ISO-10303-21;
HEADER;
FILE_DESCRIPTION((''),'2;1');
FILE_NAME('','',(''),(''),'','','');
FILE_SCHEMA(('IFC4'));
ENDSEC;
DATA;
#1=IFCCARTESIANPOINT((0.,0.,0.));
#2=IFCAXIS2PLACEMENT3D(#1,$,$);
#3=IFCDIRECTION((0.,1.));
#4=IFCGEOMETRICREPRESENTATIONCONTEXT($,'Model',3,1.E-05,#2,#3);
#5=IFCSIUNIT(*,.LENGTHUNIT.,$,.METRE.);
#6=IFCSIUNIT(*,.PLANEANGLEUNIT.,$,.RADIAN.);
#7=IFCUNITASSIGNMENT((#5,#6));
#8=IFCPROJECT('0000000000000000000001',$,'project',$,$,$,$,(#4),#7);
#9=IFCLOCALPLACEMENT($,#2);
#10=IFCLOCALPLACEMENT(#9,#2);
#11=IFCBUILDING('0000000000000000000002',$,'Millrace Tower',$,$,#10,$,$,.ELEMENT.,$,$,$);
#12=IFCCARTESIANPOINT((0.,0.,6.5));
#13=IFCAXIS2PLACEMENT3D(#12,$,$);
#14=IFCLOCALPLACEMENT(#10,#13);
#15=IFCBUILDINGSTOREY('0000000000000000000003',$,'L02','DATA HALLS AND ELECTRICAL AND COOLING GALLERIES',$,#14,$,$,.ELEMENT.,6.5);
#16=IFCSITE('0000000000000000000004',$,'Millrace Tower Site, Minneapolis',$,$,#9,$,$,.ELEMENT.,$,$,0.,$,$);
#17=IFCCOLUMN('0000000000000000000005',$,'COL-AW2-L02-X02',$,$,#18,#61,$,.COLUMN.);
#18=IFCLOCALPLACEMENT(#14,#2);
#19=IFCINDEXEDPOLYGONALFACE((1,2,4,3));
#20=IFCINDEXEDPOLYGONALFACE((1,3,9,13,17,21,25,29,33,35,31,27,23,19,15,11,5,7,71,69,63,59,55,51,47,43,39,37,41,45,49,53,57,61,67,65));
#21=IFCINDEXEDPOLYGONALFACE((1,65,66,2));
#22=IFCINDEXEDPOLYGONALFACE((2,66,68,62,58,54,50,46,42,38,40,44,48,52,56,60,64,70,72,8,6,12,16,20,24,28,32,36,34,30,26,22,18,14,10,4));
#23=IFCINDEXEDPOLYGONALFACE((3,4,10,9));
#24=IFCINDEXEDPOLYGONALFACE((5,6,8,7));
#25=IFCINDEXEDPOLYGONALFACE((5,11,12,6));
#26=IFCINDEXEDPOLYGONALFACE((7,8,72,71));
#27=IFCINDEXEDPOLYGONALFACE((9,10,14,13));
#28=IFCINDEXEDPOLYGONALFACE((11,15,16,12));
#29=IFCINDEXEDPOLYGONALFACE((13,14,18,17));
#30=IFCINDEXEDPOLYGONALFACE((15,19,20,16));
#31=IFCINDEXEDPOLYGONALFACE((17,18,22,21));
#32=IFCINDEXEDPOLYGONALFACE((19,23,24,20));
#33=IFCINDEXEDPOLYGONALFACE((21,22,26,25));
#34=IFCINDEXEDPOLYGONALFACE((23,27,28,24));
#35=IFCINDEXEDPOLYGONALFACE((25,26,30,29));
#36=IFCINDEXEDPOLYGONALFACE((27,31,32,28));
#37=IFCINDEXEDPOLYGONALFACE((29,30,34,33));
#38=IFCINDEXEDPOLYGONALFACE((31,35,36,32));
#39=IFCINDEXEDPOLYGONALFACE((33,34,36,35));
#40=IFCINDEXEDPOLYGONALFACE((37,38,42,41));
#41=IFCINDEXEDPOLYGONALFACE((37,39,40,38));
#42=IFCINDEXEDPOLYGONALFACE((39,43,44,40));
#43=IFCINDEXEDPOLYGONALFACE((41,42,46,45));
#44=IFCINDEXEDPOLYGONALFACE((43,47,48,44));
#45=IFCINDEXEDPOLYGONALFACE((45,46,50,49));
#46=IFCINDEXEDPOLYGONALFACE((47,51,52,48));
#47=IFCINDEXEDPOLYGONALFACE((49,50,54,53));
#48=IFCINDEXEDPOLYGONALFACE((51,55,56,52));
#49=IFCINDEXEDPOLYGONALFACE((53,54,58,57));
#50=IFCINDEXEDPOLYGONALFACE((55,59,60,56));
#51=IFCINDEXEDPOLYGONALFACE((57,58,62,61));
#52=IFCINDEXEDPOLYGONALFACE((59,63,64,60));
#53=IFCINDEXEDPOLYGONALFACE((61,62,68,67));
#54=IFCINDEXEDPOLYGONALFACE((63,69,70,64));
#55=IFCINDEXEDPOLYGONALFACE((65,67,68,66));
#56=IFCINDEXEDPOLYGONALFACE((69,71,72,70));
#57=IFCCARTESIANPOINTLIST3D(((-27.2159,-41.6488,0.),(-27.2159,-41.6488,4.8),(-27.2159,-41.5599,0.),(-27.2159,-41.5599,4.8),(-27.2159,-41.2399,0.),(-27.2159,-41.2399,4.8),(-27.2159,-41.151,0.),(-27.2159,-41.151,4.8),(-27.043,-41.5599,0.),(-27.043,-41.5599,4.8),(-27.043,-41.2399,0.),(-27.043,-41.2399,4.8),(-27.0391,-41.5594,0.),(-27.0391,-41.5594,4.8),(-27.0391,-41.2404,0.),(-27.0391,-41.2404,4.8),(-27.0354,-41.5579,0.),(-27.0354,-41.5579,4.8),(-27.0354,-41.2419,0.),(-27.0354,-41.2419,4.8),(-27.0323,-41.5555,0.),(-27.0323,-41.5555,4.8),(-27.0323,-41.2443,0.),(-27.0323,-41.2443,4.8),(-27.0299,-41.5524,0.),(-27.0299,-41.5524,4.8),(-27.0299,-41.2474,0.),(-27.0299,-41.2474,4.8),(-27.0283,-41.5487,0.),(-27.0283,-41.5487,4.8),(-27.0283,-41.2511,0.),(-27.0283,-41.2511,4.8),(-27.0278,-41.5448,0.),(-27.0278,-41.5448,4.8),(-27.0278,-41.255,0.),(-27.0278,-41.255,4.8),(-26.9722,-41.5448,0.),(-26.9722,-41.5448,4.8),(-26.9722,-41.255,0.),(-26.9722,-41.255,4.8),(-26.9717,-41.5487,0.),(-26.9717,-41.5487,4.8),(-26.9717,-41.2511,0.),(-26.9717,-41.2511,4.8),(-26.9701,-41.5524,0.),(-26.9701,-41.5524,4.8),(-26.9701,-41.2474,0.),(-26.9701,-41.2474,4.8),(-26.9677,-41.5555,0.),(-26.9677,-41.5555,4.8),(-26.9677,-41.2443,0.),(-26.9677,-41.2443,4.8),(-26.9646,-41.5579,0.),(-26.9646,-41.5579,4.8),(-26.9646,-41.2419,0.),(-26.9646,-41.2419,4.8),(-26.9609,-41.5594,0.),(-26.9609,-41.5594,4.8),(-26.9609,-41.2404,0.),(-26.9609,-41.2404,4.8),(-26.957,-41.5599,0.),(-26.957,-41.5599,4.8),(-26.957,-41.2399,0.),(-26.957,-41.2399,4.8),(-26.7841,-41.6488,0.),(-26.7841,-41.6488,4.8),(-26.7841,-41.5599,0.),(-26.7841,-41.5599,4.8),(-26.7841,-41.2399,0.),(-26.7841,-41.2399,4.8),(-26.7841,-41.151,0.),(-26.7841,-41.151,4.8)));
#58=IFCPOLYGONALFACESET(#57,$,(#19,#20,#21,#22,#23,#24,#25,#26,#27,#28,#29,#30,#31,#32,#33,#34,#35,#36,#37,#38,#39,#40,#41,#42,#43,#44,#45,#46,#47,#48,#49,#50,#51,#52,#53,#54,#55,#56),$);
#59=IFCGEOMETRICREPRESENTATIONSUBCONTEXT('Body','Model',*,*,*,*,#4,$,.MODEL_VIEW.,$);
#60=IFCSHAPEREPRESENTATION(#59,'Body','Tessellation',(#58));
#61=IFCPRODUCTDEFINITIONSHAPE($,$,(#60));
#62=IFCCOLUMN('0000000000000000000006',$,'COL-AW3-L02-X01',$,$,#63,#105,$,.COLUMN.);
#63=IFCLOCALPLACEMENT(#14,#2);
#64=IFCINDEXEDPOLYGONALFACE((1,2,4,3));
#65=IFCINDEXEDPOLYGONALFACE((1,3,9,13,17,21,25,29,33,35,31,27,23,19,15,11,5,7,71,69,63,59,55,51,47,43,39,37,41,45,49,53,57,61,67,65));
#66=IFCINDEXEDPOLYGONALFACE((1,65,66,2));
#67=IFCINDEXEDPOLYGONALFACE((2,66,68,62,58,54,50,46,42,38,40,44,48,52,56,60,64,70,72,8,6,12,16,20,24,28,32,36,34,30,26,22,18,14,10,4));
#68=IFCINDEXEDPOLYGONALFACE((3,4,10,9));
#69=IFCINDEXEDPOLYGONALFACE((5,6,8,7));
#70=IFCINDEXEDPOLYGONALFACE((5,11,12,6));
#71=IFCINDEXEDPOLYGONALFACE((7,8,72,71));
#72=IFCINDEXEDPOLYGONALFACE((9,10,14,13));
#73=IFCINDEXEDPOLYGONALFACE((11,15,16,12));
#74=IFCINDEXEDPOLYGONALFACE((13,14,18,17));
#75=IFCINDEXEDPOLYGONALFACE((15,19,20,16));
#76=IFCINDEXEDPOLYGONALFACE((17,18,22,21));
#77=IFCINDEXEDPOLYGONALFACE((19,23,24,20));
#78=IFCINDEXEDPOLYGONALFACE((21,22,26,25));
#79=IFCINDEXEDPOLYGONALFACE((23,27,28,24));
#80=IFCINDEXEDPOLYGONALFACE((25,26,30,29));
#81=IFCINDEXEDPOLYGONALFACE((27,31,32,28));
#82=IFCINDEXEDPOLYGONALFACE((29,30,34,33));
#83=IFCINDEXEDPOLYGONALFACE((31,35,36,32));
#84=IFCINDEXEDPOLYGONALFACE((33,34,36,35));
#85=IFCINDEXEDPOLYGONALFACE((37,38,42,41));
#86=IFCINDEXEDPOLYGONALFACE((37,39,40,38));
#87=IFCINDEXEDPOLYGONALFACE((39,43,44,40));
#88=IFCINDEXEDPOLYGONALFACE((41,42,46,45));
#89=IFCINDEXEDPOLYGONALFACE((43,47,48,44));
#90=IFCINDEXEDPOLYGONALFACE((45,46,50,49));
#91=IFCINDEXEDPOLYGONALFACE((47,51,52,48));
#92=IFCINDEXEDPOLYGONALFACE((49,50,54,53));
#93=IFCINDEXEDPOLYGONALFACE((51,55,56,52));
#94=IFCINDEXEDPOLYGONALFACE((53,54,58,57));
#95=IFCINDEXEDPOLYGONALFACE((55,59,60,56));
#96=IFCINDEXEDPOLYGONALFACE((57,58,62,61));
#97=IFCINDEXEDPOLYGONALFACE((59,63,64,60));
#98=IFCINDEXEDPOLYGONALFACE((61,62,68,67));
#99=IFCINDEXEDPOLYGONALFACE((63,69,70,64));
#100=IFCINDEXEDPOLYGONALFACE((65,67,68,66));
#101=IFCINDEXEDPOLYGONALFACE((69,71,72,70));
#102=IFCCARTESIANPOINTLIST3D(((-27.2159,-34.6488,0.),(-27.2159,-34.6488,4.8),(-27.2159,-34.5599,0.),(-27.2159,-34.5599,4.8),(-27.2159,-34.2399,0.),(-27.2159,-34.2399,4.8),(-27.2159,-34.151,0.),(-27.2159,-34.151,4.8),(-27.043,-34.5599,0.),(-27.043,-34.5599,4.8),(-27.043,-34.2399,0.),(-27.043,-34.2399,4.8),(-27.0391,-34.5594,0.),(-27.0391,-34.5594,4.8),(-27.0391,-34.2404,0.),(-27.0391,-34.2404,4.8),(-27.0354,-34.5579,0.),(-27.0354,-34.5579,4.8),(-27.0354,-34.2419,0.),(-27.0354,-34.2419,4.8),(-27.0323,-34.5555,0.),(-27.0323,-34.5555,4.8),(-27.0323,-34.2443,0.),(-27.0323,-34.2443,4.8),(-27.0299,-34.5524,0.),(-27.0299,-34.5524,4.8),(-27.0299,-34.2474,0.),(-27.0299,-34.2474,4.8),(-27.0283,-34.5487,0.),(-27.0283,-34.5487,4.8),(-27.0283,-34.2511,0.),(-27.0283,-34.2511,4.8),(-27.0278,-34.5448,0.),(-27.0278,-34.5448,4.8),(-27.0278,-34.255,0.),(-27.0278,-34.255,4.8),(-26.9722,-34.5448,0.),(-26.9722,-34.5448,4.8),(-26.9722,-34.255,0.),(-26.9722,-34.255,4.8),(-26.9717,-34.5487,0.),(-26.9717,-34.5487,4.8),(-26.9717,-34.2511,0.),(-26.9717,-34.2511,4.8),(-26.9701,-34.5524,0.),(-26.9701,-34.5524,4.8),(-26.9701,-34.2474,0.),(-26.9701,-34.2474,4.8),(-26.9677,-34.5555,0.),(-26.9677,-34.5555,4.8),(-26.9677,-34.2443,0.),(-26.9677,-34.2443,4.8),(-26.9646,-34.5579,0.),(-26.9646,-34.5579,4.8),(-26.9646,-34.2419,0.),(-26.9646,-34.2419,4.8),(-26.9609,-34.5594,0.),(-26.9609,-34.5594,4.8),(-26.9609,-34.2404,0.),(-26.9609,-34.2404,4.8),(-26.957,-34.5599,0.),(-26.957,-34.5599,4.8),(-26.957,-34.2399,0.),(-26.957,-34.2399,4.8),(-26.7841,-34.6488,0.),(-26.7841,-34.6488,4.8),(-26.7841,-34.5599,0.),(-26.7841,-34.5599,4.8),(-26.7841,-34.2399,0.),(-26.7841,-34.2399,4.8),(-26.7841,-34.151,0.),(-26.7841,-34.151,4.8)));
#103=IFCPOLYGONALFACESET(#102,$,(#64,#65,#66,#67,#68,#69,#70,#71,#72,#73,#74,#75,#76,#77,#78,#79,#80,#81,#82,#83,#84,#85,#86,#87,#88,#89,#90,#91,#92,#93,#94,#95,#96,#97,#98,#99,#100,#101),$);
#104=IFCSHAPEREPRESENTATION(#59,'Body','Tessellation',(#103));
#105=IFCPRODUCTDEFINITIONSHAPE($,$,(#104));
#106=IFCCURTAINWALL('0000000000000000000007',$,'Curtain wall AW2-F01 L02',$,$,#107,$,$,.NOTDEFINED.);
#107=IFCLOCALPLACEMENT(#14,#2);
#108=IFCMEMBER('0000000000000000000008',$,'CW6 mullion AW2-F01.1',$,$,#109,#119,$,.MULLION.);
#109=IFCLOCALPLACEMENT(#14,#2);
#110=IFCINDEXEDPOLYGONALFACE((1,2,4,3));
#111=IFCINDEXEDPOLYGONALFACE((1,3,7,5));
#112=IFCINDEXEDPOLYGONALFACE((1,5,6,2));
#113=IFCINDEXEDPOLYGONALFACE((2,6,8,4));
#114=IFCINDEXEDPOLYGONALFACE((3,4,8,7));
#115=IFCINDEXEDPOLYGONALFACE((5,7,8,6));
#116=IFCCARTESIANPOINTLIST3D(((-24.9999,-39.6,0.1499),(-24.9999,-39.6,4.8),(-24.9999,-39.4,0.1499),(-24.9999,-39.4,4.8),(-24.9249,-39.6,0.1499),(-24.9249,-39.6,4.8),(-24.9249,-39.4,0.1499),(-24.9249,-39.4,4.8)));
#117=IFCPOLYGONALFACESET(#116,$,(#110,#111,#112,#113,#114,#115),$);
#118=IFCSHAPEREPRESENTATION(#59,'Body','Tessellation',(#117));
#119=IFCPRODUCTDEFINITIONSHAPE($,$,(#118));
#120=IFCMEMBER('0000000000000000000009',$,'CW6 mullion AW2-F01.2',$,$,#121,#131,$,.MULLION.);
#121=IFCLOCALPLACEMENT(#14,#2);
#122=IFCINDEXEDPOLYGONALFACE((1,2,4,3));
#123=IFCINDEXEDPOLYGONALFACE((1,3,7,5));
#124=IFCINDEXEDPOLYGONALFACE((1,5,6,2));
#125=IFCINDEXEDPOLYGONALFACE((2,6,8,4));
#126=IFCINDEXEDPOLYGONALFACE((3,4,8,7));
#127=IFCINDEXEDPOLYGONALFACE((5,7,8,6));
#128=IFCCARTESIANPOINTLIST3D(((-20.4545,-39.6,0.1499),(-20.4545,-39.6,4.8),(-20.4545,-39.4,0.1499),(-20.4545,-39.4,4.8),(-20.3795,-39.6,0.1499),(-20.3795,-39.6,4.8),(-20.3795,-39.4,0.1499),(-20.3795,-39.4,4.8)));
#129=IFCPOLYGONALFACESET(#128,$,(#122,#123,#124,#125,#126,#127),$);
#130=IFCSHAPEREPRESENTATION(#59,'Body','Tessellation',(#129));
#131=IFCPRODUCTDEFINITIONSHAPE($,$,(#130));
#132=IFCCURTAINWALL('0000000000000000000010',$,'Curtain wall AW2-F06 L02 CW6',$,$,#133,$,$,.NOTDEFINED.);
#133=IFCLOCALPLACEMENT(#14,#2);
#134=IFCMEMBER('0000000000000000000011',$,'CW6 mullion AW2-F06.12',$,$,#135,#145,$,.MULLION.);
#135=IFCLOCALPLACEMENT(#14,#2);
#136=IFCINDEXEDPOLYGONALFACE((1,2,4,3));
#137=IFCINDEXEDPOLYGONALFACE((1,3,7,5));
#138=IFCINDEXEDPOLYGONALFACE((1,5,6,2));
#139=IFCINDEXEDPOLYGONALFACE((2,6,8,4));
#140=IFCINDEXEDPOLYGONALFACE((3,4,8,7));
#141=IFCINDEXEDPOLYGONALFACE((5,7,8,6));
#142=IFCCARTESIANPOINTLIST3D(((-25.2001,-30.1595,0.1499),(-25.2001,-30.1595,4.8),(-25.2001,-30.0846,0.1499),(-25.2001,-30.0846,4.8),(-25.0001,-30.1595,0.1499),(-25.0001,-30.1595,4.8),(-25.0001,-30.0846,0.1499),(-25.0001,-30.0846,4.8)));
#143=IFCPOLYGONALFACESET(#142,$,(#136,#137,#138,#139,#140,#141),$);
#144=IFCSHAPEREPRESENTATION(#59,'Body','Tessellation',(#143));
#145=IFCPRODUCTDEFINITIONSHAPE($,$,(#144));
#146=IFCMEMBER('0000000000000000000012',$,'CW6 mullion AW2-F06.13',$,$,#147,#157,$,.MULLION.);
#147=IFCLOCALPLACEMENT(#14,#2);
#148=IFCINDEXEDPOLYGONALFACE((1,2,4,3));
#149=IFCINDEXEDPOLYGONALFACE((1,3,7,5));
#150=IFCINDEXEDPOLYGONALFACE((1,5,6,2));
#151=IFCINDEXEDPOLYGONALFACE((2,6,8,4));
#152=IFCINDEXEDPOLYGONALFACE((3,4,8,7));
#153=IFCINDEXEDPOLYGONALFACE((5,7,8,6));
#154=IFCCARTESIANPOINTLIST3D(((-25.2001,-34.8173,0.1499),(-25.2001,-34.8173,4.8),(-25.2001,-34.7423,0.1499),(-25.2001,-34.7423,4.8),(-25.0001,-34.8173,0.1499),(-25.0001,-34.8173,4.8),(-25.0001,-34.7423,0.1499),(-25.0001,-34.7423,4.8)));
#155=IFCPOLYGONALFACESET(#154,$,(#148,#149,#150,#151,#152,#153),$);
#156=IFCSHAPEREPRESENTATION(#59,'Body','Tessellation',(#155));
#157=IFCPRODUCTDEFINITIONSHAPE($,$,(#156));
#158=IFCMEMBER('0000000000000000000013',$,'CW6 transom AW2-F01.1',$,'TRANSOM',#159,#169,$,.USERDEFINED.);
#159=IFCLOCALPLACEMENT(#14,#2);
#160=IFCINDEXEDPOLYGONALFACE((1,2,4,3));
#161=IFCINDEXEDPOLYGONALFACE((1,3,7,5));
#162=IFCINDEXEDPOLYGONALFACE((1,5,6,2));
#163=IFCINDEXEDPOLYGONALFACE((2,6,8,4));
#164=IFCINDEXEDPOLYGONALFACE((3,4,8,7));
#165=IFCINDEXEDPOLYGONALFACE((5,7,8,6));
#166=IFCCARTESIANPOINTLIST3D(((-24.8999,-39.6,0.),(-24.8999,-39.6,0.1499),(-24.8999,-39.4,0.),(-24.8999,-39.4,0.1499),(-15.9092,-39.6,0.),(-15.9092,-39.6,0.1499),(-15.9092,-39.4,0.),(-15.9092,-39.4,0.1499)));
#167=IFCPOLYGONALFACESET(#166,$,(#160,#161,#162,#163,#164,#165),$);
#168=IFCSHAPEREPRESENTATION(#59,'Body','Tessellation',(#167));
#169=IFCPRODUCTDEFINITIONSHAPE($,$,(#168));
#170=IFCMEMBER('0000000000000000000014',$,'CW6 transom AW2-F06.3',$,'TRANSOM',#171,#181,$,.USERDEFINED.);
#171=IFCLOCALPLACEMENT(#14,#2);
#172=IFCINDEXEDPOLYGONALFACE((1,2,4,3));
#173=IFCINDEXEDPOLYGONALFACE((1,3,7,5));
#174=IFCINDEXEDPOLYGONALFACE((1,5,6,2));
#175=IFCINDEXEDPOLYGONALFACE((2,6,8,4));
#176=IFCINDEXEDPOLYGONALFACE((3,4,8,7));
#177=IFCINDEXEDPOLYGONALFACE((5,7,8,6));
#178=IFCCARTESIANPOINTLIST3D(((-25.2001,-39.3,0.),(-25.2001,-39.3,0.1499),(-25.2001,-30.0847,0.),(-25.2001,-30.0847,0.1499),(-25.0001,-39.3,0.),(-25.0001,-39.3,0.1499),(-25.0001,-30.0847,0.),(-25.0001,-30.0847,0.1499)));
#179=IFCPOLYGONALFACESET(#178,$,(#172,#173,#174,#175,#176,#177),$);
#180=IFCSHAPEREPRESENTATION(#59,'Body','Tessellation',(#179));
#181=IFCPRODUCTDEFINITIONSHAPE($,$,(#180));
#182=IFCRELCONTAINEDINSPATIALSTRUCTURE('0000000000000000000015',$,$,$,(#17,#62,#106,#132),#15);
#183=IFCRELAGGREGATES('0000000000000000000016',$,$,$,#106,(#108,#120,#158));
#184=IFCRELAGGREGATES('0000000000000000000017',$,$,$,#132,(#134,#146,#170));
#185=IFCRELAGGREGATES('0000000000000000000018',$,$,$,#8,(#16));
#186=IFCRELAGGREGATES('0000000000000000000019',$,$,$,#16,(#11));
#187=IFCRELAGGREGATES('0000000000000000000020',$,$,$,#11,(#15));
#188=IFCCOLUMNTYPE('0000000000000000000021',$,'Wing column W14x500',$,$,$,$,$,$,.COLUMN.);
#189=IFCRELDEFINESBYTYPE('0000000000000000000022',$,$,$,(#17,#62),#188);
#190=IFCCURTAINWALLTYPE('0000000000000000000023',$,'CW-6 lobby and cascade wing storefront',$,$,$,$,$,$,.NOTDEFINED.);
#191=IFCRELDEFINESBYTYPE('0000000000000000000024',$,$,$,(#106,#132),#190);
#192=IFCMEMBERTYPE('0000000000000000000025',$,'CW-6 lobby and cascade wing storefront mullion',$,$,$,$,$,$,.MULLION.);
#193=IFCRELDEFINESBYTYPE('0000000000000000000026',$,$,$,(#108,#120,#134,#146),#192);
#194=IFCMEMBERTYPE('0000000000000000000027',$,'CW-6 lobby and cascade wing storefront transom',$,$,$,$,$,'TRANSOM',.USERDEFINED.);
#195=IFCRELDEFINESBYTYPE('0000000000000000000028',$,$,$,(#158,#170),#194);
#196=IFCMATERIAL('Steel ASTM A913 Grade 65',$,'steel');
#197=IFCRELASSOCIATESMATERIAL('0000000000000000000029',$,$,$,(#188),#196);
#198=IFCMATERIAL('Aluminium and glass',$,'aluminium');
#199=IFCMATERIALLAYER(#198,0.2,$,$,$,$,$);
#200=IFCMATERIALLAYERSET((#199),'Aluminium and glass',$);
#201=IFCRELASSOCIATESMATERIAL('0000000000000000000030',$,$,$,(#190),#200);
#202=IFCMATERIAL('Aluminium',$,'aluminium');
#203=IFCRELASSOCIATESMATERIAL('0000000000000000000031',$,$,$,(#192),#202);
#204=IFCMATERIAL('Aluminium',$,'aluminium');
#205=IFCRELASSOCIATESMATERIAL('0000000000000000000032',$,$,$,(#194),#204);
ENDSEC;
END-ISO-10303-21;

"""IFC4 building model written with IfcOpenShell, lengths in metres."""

from ifc_helpers import new_model, si_unit, direction, frame, origin, origin_2d, place, context, subcontext, project, spatial, rectangle, i_section, extrude, material, layer, layer_set, material_profile, profile_set, type_object, element, aggregate, save


model = new_model("IFC4")

# Units and contexts
model_context = context("Model", 3, precision=1e-05, world=origin(), true_north=direction((0.0, 1.0)))
body_context = subcontext(model_context, "Body", "Model", "MODEL_VIEW")
ifc_project = project(units=[si_unit("LENGTHUNIT", "METRE"), si_unit("PLANEANGLEUNIT", "RADIAN")], contexts=[model_context])

# Site, building, storey
site_placement = place(None, origin())
site = spatial("IfcSite", under=ifc_project, at=site_placement, Name="Millrace Tower Site, Minneapolis", CompositionType="ELEMENT", RefElevation=0.0)
building_placement = place(site_placement, origin())
building = spatial("IfcBuilding", under=site, at=building_placement, Name="Millrace Tower", CompositionType="ELEMENT")
storey_placement = place(building_placement, frame((0.0, 0.0, 6.5)))
storey = spatial("IfcBuildingStorey", under=building, at=storey_placement, Name="L02", Description="DATA HALLS AND ELECTRICAL AND COOLING GALLERIES", CompositionType="ELEMENT", Elevation=6.5)

# Columns
ifc_material_1 = material(Name="Steel ASTM A913 Grade 65", Category="steel")
ifc_material_profile_1 = material_profile(ifc_material_1, i_section(OverallWidth=0.4319, OverallDepth=0.4978, WebThickness=0.0557, FlangeThickness=0.0889, FilletRadius=0.0151, at=origin_2d()))
ifc_profile_set_1 = profile_set([ifc_material_profile_1], Name="Steel ASTM A913 Grade 65")
column_type = type_object("IfcColumnType", Name="Wing column W14x500", PredefinedType="COLUMN", material=ifc_profile_set_1)
for number, where, z_axis, x_axis, name in (
    (1, (-27.0, -41.3999, 0.0), (0.0, 0.0, 1.0), (1.0, 0.0, 0.0), "COL-AW2-L02-X02"),
    (2, (-27.0, -34.3999, 0.0), (0.0, 0.0, 1.0), (1.0, 0.0, 0.0), "COL-AW3-L02-X01"),
):
    element("IfcColumn", number, at=place(storey_placement, frame(where, z_axis=z_axis, x_axis=x_axis)), inside=storey, type_object=column_type, Name=name, PredefinedType="COLUMN", context=body_context, shape_type="SweptSolid", body=[
        extrude(i_section(OverallWidth=0.4319, OverallDepth=0.4978, WebThickness=0.0557, FlangeThickness=0.0889, FilletRadius=0.0151, at=origin_2d()), origin(), (0.0, 0.0, 1.0), 4.8),
    ])

# Curtain walls, members
ifc_material_2 = material(Name="Aluminium and glass", Category="aluminium")
ifc_layer_1 = layer(ifc_material_2, 0.2)
ifc_layer_set_1 = layer_set([ifc_layer_1], Name="Aluminium and glass")
curtain_wall_type = type_object("IfcCurtainWallType", Name="CW-6 lobby and cascade wing storefront", PredefinedType="NOTDEFINED", material=ifc_layer_set_1)
placement = place(storey_placement, origin())
curtain_wall_1 = element("IfcCurtainWall", 3, at=placement, inside=storey, type_object=curtain_wall_type, Name="Curtain wall AW2-F01 L02", PredefinedType="NOTDEFINED")
ifc_material_3 = material(Name="Aluminium", Category="aluminium")
ifc_material_profile_2 = material_profile(ifc_material_3, rectangle(XDim=0.075, YDim=0.2, at=origin_2d()))
ifc_profile_set_2 = profile_set([ifc_material_profile_2], Name="Aluminium")
member_type_1 = type_object("IfcMemberType", Name="CW-6 lobby and cascade wing storefront mullion", PredefinedType="MULLION", material=ifc_profile_set_2)
member_1_placement = place(storey_placement, frame((-24.9624, -39.5, 0.1499), z_axis=(0.0, 0.0, 1.0), x_axis=(1.0, 0.0, 0.0)))
member_1 = element("IfcMember", 4, at=member_1_placement, type_object=member_type_1, Name="CW6 mullion AW2-F01.1", PredefinedType="MULLION", context=body_context, shape_type="SweptSolid", body=[
    extrude(rectangle(XDim=0.075, YDim=0.2, at=origin_2d()), origin(), (0.0, 0.0, 1.0), 4.6501),
])
member_2_placement = place(storey_placement, frame((-20.417, -39.5, 0.1499), z_axis=(0.0, 0.0, 1.0), x_axis=(1.0, 0.0, 0.0)))
member_2 = element("IfcMember", 5, at=member_2_placement, type_object=member_type_1, Name="CW6 mullion AW2-F01.2", PredefinedType="MULLION", context=body_context, shape_type="SweptSolid", body=[
    extrude(rectangle(XDim=0.075, YDim=0.2, at=origin_2d()), origin(), (0.0, 0.0, 1.0), 4.6501),
])
curtain_wall_2 = element("IfcCurtainWall", 6, at=placement, inside=storey, type_object=curtain_wall_type, Name="Curtain wall AW2-F06 L02 CW6", PredefinedType="NOTDEFINED")
member_3_placement = place(storey_placement, frame((-25.1001, -30.1221, 0.1499), z_axis=(0.0, 0.0, 1.0), x_axis=(0.0, -1.0, 0.0)))
member_3 = element("IfcMember", 7, at=member_3_placement, type_object=member_type_1, Name="CW6 mullion AW2-F06.12", PredefinedType="MULLION", context=body_context, shape_type="SweptSolid", body=[
    extrude(rectangle(XDim=0.075, YDim=0.2, at=origin_2d()), origin(), (0.0, 0.0, 1.0), 4.6501),
])
member_4_placement = place(storey_placement, frame((-25.1001, -34.7798, 0.1499), z_axis=(0.0, 0.0, 1.0), x_axis=(0.0, -1.0, 0.0)))
member_4 = element("IfcMember", 8, at=member_4_placement, type_object=member_type_1, Name="CW6 mullion AW2-F06.13", PredefinedType="MULLION", context=body_context, shape_type="SweptSolid", body=[
    extrude(rectangle(XDim=0.075, YDim=0.2, at=origin_2d()), origin(), (0.0, 0.0, 1.0), 4.6501),
])

# Members
ifc_material_4 = material(Name="Aluminium", Category="aluminium")
ifc_material_profile_3 = material_profile(ifc_material_4, rectangle(XDim=0.2, YDim=0.1499, at=origin_2d()))
ifc_profile_set_3 = profile_set([ifc_material_profile_3], Name="Aluminium")
member_type_2 = type_object("IfcMemberType", Name="CW-6 lobby and cascade wing storefront transom", ElementType="TRANSOM", PredefinedType="USERDEFINED", material=ifc_profile_set_3)
member_5_placement = place(storey_placement, frame((-24.8999, -39.5, 0.075), z_axis=(1.0, 0.0, 0.0), x_axis=(0.0, 1.0, 0.0)))
member_5 = element("IfcMember", 9, at=member_5_placement, type_object=member_type_2, Name="CW6 transom AW2-F01.1", ObjectType="TRANSOM", PredefinedType="USERDEFINED", context=body_context, shape_type="SweptSolid", body=[
    extrude(rectangle(XDim=0.2, YDim=0.1499, at=origin_2d()), origin(), (0.0, 0.0, 1.0), 8.9907),
])
aggregate(curtain_wall_1, [member_1, member_2, member_5])
member_6_placement = place(storey_placement, frame((-25.1001, -30.0847, 0.075), z_axis=(0.0, -1.0, 0.0), x_axis=(1.0, 0.0, 0.0)))
member_6 = element("IfcMember", 10, at=member_6_placement, type_object=member_type_2, Name="CW6 transom AW2-F06.3", ObjectType="TRANSOM", PredefinedType="USERDEFINED", context=body_context, shape_type="SweptSolid", body=[
    extrude(rectangle(XDim=0.2, YDim=0.1499, at=origin_2d()), origin(), (0.0, 0.0, 1.0), 9.2153),
])
aggregate(curtain_wall_2, [member_3, member_4, member_6])

save(model, "model.ifc")
